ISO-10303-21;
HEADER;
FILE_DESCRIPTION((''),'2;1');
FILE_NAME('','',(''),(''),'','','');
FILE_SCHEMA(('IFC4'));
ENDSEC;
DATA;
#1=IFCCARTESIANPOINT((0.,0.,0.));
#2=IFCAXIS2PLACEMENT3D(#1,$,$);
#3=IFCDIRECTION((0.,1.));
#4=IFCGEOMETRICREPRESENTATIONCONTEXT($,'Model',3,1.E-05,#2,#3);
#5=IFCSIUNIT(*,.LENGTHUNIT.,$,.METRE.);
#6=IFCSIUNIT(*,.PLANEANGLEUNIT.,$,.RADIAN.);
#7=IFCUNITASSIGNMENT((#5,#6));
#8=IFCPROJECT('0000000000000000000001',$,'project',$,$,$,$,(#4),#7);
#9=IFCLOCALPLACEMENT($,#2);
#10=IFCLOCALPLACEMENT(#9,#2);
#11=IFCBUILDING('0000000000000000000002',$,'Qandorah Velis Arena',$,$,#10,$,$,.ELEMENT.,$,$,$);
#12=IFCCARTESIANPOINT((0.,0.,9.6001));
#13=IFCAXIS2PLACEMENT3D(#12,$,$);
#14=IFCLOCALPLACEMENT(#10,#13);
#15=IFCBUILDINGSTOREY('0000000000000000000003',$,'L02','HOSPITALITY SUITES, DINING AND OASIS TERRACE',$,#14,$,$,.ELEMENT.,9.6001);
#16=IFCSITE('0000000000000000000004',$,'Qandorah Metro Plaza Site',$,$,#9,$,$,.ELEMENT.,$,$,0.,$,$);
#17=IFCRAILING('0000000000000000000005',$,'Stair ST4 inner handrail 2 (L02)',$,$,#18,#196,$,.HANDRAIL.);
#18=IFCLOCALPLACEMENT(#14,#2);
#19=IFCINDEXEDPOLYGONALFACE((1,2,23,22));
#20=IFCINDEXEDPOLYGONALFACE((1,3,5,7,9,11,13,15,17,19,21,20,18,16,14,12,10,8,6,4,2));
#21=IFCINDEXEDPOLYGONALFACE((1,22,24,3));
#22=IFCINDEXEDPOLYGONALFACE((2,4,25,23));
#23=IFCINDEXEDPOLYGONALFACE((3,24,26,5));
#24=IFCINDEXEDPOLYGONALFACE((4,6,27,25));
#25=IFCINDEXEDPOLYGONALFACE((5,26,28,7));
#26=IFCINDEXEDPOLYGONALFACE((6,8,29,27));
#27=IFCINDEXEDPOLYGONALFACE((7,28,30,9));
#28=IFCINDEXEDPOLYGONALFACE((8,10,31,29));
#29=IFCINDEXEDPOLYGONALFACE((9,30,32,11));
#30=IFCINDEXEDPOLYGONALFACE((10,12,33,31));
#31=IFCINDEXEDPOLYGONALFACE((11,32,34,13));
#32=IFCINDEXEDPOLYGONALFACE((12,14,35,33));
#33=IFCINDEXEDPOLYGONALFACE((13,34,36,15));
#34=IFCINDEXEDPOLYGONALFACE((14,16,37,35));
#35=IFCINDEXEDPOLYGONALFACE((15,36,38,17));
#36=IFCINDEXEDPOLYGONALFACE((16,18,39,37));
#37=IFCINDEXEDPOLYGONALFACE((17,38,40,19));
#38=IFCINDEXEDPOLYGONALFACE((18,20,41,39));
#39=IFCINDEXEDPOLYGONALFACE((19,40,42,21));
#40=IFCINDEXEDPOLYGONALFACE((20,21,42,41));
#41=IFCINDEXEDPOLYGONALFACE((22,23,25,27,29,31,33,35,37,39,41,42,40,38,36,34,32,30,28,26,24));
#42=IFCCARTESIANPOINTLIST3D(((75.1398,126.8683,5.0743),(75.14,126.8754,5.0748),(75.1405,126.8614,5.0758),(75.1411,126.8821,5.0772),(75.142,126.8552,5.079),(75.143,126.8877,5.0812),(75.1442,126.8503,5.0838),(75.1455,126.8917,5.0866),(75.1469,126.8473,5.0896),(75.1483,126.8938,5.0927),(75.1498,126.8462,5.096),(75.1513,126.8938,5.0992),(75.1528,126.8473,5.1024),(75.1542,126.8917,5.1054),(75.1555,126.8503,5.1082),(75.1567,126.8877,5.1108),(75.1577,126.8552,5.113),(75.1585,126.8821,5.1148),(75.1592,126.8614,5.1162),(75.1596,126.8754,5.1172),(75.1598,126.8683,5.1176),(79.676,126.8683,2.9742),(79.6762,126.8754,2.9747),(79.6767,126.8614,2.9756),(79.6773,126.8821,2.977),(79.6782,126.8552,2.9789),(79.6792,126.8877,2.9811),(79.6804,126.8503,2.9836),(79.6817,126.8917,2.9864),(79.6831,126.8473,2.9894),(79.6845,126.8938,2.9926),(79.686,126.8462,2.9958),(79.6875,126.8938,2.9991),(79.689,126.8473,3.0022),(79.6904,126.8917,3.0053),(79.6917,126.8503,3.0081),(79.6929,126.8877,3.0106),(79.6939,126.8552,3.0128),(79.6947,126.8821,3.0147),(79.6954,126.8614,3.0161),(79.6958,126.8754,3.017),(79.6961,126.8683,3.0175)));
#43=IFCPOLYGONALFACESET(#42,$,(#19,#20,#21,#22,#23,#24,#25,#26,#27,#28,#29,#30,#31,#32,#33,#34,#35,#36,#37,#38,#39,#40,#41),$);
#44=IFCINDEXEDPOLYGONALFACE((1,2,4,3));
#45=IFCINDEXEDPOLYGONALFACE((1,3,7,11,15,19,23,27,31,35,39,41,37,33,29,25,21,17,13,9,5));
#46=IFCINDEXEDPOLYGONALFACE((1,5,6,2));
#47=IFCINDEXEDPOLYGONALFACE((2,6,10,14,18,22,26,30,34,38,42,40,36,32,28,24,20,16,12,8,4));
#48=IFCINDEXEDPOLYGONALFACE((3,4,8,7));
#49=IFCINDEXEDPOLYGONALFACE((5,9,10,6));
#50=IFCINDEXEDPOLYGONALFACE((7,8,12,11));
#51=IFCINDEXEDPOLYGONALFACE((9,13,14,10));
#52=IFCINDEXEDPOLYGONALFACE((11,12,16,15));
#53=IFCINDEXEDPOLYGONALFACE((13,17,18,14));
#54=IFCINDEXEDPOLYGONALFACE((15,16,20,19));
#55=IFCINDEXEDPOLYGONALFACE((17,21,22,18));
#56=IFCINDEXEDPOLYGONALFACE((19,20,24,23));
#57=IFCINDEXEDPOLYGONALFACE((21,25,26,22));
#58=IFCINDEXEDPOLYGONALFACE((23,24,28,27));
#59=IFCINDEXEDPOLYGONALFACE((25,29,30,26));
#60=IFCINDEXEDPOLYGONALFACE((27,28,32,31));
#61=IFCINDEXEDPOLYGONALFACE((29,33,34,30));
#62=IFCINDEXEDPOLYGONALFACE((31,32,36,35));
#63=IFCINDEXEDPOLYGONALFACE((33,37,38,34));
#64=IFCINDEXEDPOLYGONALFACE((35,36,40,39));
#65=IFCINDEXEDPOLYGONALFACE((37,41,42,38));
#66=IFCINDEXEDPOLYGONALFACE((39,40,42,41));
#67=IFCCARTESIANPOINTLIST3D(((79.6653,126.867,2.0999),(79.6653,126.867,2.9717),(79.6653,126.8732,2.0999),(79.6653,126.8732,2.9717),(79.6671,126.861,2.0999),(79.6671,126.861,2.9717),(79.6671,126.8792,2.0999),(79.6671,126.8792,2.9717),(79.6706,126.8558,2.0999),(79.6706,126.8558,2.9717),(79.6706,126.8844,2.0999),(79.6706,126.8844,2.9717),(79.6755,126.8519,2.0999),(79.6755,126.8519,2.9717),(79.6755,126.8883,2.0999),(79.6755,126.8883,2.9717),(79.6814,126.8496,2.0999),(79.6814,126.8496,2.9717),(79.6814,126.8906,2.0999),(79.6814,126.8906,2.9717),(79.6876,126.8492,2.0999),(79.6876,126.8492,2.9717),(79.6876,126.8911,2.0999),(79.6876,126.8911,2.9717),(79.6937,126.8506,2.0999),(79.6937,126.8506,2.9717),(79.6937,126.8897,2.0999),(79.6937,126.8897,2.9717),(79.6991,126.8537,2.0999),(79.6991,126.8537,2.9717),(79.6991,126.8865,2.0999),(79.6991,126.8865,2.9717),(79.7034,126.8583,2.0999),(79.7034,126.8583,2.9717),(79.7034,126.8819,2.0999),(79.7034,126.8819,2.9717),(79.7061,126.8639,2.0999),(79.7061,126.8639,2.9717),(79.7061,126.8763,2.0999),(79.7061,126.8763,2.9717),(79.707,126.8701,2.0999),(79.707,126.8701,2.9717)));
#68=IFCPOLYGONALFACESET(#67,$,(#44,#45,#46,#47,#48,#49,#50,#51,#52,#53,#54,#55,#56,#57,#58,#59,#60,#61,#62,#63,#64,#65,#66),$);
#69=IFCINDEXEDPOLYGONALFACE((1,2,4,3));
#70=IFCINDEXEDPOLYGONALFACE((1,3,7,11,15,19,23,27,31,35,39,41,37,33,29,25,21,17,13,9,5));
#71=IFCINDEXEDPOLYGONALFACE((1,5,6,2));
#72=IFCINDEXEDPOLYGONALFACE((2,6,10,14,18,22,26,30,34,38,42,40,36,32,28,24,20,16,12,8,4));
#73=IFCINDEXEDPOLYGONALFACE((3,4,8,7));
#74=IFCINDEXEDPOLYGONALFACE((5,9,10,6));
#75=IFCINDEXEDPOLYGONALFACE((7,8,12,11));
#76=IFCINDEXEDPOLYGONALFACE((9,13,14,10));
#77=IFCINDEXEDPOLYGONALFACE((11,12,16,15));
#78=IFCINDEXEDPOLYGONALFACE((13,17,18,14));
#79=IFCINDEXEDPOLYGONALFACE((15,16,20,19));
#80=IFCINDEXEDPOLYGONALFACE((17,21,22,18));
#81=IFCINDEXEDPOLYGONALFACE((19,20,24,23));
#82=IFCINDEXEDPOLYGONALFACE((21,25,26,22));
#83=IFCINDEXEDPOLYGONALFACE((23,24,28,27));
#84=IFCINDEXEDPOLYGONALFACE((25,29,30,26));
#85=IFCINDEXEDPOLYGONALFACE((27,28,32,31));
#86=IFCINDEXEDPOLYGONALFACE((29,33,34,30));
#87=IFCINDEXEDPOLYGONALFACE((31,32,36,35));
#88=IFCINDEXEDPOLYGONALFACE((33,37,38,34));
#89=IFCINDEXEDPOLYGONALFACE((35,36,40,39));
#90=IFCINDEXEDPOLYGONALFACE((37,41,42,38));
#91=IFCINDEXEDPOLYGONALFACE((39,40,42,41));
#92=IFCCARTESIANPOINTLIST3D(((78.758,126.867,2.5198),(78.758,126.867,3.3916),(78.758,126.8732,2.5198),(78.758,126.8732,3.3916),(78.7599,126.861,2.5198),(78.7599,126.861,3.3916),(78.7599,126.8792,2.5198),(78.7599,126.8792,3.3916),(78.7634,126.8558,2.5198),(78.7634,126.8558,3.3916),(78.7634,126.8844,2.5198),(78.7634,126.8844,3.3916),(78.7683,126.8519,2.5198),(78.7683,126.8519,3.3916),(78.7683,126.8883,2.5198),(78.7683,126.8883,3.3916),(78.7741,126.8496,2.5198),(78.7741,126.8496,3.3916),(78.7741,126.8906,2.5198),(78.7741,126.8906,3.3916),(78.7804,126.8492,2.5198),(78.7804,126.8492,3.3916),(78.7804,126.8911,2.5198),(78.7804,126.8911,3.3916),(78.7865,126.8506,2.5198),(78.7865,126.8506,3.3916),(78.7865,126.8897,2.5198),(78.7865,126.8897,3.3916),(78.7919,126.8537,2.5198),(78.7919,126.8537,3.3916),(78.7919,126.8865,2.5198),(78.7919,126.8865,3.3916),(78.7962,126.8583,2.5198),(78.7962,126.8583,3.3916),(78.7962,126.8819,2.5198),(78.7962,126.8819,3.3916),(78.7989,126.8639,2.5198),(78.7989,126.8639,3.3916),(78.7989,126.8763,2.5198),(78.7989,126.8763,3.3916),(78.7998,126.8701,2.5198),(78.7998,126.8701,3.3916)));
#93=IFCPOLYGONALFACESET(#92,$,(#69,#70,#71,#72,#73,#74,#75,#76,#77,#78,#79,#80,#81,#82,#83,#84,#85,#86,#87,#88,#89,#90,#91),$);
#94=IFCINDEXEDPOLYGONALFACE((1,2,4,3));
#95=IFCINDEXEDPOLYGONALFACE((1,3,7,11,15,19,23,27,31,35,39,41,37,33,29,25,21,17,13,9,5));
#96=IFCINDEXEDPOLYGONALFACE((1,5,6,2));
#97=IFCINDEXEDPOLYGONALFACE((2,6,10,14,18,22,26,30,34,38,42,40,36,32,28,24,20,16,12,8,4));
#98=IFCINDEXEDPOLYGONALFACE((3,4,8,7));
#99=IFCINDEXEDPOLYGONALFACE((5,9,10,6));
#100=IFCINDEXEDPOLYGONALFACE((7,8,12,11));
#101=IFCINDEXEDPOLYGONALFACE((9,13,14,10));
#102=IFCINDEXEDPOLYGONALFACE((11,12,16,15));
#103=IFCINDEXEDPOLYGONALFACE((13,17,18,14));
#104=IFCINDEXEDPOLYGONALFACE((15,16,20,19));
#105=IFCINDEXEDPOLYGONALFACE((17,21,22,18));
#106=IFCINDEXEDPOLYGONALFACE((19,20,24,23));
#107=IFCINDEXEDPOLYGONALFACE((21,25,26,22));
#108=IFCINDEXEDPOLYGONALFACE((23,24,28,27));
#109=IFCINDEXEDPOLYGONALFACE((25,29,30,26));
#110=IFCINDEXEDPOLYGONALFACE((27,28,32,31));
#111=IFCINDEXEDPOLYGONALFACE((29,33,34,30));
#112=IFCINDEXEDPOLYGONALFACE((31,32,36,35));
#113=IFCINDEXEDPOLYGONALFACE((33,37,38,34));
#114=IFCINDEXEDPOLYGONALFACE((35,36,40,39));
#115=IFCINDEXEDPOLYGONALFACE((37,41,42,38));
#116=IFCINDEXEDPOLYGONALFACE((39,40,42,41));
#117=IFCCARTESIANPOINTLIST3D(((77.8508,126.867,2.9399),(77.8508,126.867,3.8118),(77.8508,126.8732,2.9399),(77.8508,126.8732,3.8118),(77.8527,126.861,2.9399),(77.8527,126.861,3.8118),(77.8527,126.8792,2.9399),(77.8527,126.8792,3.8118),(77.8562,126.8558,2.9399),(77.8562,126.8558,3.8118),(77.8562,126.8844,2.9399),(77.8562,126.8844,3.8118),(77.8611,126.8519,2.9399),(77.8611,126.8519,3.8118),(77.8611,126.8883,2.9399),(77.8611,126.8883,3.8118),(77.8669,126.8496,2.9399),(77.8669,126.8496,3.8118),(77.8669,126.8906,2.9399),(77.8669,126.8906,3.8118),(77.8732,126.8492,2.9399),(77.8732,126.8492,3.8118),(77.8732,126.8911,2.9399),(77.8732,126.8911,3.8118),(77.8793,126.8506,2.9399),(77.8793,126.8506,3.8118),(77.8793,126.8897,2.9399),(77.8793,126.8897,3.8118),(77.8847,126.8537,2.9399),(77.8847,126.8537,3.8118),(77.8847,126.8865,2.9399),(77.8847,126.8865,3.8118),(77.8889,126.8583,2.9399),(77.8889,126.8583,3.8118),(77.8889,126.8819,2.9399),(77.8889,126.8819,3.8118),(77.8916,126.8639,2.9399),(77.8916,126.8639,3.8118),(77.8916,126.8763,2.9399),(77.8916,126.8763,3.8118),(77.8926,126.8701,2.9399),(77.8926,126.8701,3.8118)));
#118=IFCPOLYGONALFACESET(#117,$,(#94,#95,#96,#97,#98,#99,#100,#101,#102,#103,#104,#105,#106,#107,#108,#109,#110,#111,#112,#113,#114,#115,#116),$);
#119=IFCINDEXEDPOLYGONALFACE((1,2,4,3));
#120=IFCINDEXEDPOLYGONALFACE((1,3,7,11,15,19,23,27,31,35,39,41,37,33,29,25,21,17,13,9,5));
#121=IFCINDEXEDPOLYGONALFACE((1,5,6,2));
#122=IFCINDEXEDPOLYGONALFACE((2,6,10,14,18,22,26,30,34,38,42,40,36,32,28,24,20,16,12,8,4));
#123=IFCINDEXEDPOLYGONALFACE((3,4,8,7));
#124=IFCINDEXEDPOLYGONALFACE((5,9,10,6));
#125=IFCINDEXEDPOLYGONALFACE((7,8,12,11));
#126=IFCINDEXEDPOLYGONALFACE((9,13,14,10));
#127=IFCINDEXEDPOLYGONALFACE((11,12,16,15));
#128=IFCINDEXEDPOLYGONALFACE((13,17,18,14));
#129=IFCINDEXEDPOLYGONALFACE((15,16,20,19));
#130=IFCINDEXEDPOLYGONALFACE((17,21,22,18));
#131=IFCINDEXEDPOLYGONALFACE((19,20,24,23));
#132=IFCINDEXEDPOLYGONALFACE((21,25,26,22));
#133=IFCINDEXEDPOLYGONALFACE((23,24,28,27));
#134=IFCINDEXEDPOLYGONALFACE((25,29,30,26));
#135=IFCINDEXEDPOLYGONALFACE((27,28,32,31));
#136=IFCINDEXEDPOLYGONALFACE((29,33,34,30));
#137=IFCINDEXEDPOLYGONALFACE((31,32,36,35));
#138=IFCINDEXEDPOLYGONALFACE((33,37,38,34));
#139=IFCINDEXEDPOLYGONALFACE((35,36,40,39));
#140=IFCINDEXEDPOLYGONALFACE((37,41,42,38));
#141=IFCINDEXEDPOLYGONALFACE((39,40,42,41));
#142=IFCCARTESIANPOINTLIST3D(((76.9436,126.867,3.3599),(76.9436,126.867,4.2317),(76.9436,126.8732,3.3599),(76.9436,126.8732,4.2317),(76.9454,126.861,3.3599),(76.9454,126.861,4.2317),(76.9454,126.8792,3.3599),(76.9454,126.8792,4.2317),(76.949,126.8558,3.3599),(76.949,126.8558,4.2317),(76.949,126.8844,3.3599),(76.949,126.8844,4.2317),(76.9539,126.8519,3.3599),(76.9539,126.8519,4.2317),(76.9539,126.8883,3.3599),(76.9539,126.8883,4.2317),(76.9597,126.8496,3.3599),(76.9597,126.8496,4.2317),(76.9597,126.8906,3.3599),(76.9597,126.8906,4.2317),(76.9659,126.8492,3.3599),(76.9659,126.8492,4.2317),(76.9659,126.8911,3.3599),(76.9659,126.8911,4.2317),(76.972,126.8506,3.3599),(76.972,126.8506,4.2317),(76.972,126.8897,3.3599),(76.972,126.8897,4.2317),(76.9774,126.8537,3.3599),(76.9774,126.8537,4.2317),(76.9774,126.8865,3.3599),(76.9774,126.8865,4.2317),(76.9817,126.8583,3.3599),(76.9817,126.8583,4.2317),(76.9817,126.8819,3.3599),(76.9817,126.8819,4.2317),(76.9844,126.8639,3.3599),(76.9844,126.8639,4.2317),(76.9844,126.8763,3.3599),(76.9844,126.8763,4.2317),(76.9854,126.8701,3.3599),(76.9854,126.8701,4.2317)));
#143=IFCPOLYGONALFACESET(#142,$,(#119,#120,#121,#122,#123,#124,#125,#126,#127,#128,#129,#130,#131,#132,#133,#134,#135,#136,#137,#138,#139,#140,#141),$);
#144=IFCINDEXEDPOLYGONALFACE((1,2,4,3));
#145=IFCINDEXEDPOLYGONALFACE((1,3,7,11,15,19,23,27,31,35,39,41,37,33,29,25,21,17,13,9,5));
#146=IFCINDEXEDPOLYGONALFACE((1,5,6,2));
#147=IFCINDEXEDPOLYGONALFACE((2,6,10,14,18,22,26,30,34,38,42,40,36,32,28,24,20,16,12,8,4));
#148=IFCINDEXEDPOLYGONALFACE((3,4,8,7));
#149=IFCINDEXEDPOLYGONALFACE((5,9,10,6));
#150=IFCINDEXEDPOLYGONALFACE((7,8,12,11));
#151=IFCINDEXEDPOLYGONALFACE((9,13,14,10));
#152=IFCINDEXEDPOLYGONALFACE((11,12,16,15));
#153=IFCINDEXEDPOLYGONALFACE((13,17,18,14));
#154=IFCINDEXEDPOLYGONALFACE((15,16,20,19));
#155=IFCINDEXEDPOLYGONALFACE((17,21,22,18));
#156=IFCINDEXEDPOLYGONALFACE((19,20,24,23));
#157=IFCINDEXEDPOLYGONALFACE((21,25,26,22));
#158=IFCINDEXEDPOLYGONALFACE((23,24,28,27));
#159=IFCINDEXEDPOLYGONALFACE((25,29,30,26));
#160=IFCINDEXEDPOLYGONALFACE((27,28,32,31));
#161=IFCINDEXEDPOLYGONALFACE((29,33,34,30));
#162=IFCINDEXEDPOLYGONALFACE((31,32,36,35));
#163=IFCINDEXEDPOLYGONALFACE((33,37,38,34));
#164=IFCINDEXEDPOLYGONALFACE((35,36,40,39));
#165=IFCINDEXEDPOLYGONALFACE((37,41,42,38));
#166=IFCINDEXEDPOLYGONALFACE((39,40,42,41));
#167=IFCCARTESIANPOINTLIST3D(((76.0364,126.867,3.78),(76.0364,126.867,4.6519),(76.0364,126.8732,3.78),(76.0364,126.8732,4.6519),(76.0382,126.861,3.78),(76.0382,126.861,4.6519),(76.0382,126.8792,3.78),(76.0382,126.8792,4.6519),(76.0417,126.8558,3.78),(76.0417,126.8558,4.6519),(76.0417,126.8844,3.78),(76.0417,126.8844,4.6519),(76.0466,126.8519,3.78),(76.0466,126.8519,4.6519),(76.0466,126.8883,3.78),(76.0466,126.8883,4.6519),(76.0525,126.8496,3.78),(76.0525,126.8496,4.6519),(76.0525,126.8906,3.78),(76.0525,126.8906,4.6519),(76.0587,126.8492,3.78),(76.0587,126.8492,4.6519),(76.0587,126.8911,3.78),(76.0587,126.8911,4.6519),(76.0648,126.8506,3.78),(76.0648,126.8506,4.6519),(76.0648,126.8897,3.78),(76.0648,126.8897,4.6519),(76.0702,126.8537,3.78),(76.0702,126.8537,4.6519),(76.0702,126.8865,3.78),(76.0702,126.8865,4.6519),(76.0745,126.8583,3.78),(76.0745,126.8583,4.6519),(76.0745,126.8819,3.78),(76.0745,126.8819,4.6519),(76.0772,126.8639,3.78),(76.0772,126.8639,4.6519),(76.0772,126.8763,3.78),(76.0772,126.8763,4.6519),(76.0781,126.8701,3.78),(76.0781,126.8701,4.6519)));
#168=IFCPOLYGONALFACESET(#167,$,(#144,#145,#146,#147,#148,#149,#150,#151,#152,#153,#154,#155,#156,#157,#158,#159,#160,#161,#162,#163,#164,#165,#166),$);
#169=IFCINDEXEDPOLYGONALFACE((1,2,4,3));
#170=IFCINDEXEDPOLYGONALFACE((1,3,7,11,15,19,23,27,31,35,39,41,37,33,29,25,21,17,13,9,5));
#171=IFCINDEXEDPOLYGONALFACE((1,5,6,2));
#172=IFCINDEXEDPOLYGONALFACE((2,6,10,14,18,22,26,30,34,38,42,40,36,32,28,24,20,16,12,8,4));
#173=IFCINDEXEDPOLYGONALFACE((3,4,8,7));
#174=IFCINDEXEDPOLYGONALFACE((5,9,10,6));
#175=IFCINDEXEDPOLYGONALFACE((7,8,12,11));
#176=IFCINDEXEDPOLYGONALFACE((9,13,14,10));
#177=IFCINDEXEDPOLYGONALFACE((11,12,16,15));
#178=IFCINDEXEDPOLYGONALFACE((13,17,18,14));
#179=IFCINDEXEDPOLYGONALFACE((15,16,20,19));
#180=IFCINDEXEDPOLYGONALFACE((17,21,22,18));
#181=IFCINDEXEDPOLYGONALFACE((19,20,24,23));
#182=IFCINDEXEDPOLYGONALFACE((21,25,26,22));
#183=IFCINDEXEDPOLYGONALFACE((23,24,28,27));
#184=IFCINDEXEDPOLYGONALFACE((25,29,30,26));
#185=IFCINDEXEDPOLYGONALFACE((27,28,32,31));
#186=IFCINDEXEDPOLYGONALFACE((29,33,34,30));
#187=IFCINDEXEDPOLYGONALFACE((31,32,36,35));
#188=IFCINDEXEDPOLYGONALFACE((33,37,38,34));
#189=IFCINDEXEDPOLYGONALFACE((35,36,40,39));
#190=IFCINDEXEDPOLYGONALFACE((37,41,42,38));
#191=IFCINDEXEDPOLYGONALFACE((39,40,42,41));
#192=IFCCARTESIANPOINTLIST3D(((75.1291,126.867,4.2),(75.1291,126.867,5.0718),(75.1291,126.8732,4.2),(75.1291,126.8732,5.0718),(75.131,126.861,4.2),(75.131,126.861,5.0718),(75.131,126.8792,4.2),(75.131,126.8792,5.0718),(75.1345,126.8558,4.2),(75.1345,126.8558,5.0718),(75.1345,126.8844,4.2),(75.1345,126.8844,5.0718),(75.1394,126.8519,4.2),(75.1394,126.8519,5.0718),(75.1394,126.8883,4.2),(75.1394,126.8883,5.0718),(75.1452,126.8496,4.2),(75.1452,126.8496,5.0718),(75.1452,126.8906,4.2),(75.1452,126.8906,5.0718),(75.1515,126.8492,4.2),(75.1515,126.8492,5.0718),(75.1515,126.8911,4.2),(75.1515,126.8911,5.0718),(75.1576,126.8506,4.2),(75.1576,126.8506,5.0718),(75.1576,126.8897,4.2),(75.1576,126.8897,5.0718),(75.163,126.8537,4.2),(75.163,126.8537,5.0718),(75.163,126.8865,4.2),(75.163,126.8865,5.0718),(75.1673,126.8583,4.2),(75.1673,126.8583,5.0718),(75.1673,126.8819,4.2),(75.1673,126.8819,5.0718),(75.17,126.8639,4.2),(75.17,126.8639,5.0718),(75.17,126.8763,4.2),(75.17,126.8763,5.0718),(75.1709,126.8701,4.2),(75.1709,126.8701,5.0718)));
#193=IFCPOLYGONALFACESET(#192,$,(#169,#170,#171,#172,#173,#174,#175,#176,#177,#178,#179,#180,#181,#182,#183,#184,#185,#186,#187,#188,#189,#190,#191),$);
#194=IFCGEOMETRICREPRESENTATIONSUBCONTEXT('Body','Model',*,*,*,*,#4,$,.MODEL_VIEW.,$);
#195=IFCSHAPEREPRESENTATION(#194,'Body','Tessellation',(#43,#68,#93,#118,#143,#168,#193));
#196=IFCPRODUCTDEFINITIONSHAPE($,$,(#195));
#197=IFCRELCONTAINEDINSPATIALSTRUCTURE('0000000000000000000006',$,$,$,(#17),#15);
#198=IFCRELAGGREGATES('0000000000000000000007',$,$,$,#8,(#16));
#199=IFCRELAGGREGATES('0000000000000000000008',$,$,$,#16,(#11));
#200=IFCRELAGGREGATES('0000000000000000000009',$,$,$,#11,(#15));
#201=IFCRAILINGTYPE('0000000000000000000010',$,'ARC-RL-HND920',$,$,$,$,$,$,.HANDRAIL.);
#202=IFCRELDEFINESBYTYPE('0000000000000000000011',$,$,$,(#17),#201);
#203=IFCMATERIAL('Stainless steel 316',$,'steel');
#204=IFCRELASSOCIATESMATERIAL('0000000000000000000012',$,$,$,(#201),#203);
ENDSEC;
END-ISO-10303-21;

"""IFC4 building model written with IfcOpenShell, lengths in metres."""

from ifc_helpers import new_model, si_unit, direction, frame, origin, origin_2d, place, context, subcontext, project, spatial, circle, extrude, material, type_object, element, save


model = new_model("IFC4")

# Units and contexts
model_context = context("Model", 3, precision=1e-05, world=origin(), true_north=direction((0.0, 1.0)))
body_context = subcontext(model_context, "Body", "Model", "MODEL_VIEW")
ifc_project = project(units=[si_unit("LENGTHUNIT", "METRE"), si_unit("PLANEANGLEUNIT", "RADIAN")], contexts=[model_context])

# Site, building, storey
site_placement = place(None, origin())
site = spatial("IfcSite", under=ifc_project, at=site_placement, Name="Qandorah Metro Plaza Site", CompositionType="ELEMENT", RefElevation=0.0)
building_placement = place(site_placement, origin())
building = spatial("IfcBuilding", under=site, at=building_placement, Name="Qandorah Velis Arena", CompositionType="ELEMENT")
storey_placement = place(building_placement, frame((0.0, 0.0, 9.6001)))
storey = spatial("IfcBuildingStorey", under=building, at=storey_placement, Name="L02", Description="HOSPITALITY SUITES, DINING AND OASIS TERRACE", CompositionType="ELEMENT", Elevation=9.6001)

# Railing
ifc_material_1 = material(Name="Stainless steel 316", Category="steel")
railing_type_1 = type_object("IfcRailingType", Name="ARC-RL-HND920", PredefinedType="HANDRAIL", material=ifc_material_1)
railing_1_placement = place(storey_placement, frame((79.686, 126.8701, 2.0999)))
element("IfcRailing", 1, at=railing_1_placement, inside=storey, type_object=railing_type_1, Name="Stair ST4 inner handrail 2 (L02)", PredefinedType="HANDRAIL", context=body_context, shape_type="SweptSolid", body=[
    extrude(circle(Radius=0.0239, at=origin_2d()), frame((0.0, 0.0, 0.896), z_axis=(-0.907464, 0.0, 0.42013), x_axis=(0.0, -1.0, 0.0)), (0.0, 0.0, 1.0), 4.9988),
    extrude(circle(Radius=0.021, at=origin_2d()), origin(), (0.0, 0.0, 1.0), 0.8718),
    extrude(circle(Radius=0.021, at=origin_2d()), frame((-0.9072, 0.0, 0.4199)), (0.0, 0.0, 1.0), 0.8718),
    extrude(circle(Radius=0.021, at=origin_2d()), frame((-1.8145, 0.0, 0.8401)), (0.0, 0.0, 1.0), 0.8718),
    extrude(circle(Radius=0.021, at=origin_2d()), frame((-2.7217, 0.0, 1.26)), (0.0, 0.0, 1.0), 0.8718),
    extrude(circle(Radius=0.021, at=origin_2d()), frame((-3.6289, 0.0, 1.6802)), (0.0, 0.0, 1.0), 0.8718),
    extrude(circle(Radius=0.021, at=origin_2d()), frame((-4.5361, 0.0, 2.1001)), (0.0, 0.0, 1.0), 0.8718),
])

save(model, "model.ifc")
